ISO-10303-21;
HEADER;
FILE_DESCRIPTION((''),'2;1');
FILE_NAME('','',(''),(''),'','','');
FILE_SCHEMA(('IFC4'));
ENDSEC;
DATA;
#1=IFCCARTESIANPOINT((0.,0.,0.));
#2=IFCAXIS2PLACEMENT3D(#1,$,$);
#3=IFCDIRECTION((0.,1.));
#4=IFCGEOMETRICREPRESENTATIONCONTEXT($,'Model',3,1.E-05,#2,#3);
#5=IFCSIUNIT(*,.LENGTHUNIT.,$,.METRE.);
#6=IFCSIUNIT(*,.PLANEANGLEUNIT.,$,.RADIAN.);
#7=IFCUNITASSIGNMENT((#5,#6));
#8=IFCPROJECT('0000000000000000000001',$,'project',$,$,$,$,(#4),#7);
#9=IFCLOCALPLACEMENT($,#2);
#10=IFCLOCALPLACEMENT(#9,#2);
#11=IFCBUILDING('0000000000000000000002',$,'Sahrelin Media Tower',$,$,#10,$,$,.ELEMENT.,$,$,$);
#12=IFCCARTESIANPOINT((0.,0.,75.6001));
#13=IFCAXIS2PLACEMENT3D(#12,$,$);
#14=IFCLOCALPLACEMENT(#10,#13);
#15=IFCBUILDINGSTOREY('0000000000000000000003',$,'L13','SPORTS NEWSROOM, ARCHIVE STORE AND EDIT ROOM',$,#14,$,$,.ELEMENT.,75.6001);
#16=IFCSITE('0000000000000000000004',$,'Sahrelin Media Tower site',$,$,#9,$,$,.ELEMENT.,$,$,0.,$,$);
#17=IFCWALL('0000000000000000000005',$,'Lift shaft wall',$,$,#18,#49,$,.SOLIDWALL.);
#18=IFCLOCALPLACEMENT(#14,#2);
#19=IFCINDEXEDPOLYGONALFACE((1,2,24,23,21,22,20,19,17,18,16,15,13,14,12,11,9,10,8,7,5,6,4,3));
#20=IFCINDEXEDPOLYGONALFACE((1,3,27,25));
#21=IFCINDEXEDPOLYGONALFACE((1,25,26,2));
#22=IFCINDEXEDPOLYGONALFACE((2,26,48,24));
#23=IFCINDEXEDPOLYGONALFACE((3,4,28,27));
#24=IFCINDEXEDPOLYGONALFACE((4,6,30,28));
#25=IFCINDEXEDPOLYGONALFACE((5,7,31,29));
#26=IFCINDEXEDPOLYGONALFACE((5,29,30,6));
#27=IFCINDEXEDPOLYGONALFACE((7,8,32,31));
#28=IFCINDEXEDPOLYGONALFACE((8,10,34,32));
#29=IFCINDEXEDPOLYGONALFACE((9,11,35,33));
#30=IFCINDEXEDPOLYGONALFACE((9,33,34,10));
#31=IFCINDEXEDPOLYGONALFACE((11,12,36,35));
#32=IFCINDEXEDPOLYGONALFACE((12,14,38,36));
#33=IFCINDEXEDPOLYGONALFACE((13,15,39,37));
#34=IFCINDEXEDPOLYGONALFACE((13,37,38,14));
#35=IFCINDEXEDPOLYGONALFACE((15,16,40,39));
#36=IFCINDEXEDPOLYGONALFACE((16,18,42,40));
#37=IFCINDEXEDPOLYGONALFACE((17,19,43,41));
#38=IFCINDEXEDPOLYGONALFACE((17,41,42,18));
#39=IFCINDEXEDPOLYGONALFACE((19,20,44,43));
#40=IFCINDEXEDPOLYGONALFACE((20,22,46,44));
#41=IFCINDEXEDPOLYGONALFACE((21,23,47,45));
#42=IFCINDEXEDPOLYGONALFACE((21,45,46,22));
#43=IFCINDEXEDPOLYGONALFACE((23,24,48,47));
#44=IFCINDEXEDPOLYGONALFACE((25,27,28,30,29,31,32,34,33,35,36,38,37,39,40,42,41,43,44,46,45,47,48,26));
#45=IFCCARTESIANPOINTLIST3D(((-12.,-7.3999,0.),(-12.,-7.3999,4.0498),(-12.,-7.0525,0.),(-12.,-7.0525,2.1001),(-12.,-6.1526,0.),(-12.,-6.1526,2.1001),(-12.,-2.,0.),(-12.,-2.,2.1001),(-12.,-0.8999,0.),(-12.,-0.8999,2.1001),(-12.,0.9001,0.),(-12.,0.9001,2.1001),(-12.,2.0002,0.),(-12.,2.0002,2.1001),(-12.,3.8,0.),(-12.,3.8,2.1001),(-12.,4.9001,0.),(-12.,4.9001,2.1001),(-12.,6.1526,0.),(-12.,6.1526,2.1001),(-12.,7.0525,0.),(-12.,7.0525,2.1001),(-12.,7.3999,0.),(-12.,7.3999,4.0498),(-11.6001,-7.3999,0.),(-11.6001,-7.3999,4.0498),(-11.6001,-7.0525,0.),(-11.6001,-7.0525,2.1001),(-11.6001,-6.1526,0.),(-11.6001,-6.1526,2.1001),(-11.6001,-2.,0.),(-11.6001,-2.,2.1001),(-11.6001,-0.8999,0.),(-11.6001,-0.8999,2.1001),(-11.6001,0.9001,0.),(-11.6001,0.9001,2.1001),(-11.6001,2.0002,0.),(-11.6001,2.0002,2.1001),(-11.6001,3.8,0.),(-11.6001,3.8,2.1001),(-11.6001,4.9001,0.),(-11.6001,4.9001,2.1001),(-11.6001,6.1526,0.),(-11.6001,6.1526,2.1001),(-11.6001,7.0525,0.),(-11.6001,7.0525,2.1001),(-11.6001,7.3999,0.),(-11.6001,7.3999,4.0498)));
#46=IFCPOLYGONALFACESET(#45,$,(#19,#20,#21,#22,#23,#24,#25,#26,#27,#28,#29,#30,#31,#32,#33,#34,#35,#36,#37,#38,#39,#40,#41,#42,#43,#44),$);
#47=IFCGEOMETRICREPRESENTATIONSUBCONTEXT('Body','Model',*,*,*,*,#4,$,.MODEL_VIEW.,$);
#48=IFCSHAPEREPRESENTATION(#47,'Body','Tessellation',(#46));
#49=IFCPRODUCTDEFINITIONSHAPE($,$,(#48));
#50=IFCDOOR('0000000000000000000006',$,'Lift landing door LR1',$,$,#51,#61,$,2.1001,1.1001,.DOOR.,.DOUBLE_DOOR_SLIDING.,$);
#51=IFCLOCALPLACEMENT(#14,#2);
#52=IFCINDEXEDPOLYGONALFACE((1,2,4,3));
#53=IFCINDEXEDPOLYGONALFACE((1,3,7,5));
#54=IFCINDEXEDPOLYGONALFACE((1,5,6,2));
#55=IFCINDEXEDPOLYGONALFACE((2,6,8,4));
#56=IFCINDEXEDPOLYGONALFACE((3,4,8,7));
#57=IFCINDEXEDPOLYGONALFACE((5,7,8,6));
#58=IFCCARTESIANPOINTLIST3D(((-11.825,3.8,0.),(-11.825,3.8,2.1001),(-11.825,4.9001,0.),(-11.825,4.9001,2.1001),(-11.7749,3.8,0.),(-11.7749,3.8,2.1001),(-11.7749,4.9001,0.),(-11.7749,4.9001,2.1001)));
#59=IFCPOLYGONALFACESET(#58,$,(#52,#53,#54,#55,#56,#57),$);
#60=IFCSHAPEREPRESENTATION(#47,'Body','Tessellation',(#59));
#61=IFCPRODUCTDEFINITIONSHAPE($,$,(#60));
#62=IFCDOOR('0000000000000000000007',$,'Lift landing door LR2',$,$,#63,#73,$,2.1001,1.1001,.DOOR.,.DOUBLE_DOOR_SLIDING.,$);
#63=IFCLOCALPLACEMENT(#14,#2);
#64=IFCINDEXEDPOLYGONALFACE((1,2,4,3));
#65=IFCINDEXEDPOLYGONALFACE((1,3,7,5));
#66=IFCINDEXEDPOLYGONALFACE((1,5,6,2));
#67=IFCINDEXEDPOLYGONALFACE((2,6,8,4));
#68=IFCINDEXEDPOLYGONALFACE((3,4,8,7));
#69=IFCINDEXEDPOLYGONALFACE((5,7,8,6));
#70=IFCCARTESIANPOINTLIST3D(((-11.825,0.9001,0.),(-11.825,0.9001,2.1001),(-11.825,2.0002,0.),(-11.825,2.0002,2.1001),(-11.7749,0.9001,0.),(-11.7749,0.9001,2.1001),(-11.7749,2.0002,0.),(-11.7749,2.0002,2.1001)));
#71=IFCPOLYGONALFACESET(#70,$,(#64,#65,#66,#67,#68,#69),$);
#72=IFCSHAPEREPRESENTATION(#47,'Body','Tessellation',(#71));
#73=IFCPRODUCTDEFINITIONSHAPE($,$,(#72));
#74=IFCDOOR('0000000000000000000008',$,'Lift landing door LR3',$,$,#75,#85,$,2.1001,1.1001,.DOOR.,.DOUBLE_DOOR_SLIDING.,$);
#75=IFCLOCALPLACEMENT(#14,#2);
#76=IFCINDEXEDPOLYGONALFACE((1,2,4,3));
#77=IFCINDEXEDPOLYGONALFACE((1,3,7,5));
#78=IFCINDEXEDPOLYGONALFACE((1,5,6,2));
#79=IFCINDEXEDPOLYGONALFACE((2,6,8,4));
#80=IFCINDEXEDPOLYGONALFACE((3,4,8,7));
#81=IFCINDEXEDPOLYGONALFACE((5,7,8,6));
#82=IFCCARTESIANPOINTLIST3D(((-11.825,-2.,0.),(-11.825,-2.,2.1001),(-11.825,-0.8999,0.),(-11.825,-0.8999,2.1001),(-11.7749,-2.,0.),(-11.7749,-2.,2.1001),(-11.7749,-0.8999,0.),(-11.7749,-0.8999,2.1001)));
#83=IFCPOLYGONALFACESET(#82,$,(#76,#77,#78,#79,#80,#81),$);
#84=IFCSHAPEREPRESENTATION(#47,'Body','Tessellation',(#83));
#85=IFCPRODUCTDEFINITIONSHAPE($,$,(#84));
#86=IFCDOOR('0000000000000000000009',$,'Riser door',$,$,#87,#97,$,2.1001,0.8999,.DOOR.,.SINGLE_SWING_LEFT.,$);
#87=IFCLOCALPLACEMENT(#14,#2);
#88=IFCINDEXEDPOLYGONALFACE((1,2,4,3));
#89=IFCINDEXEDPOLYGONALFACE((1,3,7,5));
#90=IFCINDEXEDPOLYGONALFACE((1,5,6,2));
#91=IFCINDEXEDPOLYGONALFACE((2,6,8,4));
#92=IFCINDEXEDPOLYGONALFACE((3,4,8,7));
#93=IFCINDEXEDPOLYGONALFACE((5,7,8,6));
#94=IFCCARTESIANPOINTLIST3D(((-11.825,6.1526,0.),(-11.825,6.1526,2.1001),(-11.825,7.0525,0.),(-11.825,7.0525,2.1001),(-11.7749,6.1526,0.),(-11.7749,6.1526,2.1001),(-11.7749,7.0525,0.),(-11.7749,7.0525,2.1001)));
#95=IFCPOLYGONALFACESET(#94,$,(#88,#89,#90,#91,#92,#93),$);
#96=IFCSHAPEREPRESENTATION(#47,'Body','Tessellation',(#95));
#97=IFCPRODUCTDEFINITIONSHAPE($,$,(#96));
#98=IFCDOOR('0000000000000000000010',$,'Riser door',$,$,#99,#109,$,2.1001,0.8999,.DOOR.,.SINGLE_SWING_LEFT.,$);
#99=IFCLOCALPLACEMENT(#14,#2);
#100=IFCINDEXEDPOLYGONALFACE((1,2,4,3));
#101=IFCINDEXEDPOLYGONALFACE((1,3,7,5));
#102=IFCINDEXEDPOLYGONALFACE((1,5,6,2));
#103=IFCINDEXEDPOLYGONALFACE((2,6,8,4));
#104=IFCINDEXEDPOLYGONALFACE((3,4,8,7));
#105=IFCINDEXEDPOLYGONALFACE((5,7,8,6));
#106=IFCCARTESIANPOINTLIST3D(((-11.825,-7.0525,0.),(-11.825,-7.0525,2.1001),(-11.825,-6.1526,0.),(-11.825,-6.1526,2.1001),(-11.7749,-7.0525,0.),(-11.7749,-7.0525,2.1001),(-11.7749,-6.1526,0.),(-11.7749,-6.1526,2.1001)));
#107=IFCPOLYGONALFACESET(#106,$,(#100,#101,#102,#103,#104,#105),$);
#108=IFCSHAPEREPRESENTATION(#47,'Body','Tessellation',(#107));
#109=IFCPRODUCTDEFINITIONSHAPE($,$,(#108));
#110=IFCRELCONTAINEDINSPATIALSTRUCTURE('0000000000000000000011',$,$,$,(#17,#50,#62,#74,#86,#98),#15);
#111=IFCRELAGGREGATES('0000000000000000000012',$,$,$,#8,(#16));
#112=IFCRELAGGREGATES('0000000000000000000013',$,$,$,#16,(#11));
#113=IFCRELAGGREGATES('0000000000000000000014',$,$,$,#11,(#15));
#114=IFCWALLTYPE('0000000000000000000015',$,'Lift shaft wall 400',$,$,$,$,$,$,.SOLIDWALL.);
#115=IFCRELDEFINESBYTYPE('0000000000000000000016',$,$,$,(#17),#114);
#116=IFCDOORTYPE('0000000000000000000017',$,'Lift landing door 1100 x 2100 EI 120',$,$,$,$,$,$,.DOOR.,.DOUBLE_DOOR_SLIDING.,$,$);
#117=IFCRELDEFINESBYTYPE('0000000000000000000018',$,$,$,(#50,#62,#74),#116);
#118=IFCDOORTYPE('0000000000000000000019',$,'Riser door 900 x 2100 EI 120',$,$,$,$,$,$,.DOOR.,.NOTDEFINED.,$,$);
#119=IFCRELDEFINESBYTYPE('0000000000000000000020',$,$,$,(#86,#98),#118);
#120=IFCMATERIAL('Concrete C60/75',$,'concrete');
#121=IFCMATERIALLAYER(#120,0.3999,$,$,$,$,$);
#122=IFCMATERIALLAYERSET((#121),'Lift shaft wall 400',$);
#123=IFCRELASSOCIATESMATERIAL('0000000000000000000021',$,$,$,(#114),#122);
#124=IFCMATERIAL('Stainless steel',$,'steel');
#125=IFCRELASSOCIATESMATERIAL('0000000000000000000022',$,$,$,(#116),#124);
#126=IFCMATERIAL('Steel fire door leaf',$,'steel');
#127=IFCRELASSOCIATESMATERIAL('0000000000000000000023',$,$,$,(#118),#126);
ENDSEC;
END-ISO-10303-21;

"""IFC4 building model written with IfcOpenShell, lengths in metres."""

from ifc_helpers import new_model, si_unit, direction, frame, frame_2d, origin, place, context, subcontext, project, spatial, rectangle, extrude, material, layer, layer_set, type_object, element, fill, save


model = new_model("IFC4")

# Units and contexts
model_context = context("Model", 3, precision=1e-05, world=origin(), true_north=direction((0.0, 1.0)))
body_context = subcontext(model_context, "Body", "Model", "MODEL_VIEW")
ifc_project = project(units=[si_unit("LENGTHUNIT", "METRE"), si_unit("PLANEANGLEUNIT", "RADIAN")], contexts=[model_context])

# Site, building, storey
site_placement = place(None, origin())
site = spatial("IfcSite", under=ifc_project, at=site_placement, Name="Sahrelin Media Tower site", CompositionType="ELEMENT", RefElevation=0.0)
building_placement = place(site_placement, origin())
building = spatial("IfcBuilding", under=site, at=building_placement, Name="Sahrelin Media Tower", CompositionType="ELEMENT")
storey_placement = place(building_placement, frame((0.0, 0.0, 75.6001)))
storey = spatial("IfcBuildingStorey", under=building, at=storey_placement, Name="L13", Description="SPORTS NEWSROOM, ARCHIVE STORE AND EDIT ROOM", CompositionType="ELEMENT", Elevation=75.6001)

# Shared definitions
ifc_material_1 = material(Name="Concrete C60/75", Category="concrete")
ifc_material_2 = material(Name="Steel fire door leaf", Category="steel")

# Wall, openings, doors
ifc_layer_1 = layer(ifc_material_1, 0.3999)
ifc_layer_set_1 = layer_set([ifc_layer_1], Name="Lift shaft wall 400")
wall_type_1 = type_object("IfcWallType", Name="Lift shaft wall 400", PredefinedType="SOLIDWALL", material=ifc_layer_set_1)
wall_1_placement = place(storey_placement, frame((-11.8, -7.3999, 0.0), z_axis=(0.0, 0.0, 1.0), x_axis=(0.0, 1.0, 0.0)))
wall_1 = element("IfcWall", 1, at=wall_1_placement, inside=storey, type_object=wall_type_1, Name="Lift shaft wall", PredefinedType="SOLIDWALL", context=body_context, shape_type="SweptSolid", body=[
    extrude(rectangle(XDim=14.7998, YDim=0.3999, at=frame_2d((7.3999, 0.0))), origin(), (0.0, 0.0, 1.0), 4.0498),
])
opening_1_placement = place(wall_1_placement, frame((11.2, 0.0, 0.0)))
opening_1 = element("IfcOpeningElement", 2, at=opening_1_placement, cuts=wall_1, PredefinedType="OPENING", context=body_context, shape_type="SweptSolid", body=[
    extrude(rectangle(XDim=1.1001, YDim=2.1001, at=frame_2d((0.55, 1.05))), frame((0.0, 0.2, 0.0), z_axis=(0.0, -1.0, 0.0), x_axis=(1.0, 0.0, 0.0)), (0.0, 0.0, 1.0), 0.3999),
])
opening_2_placement = place(wall_1_placement, frame((8.3, 0.0, 0.0)))
opening_2 = element("IfcOpeningElement", 3, at=opening_2_placement, cuts=wall_1, PredefinedType="OPENING", context=body_context, shape_type="SweptSolid", body=[
    extrude(rectangle(XDim=1.1001, YDim=2.1001, at=frame_2d((0.55, 1.05))), frame((0.0, 0.2, 0.0), z_axis=(0.0, -1.0, 0.0), x_axis=(1.0, 0.0, 0.0)), (0.0, 0.0, 1.0), 0.3999),
])
opening_3_placement = place(wall_1_placement, frame((5.3999, 0.0, 0.0)))
opening_3 = element("IfcOpeningElement", 4, at=opening_3_placement, cuts=wall_1, PredefinedType="OPENING", context=body_context, shape_type="SweptSolid", body=[
    extrude(rectangle(XDim=1.1001, YDim=2.1001, at=frame_2d((0.55, 1.05))), frame((0.0, 0.2, 0.0), z_axis=(0.0, -1.0, 0.0), x_axis=(1.0, 0.0, 0.0)), (0.0, 0.0, 1.0), 0.3999),
])
opening_4_placement = place(wall_1_placement, frame((13.5525, 0.0, 0.0)))
opening_4 = element("IfcOpeningElement", 5, at=opening_4_placement, cuts=wall_1, PredefinedType="OPENING", context=body_context, shape_type="SweptSolid", body=[
    extrude(rectangle(XDim=0.8999, YDim=2.1001, at=frame_2d((0.45, 1.05))), frame((0.0, 0.2, 0.0), z_axis=(0.0, -1.0, 0.0), x_axis=(1.0, 0.0, 0.0)), (0.0, 0.0, 1.0), 0.3999),
])
opening_5_placement = place(wall_1_placement, frame((0.3474, 0.0, 0.0)))
opening_5 = element("IfcOpeningElement", 6, at=opening_5_placement, cuts=wall_1, PredefinedType="OPENING", context=body_context, shape_type="SweptSolid", body=[
    extrude(rectangle(XDim=0.8999, YDim=2.1001, at=frame_2d((0.45, 1.05))), frame((0.0, 0.2, 0.0), z_axis=(0.0, -1.0, 0.0), x_axis=(1.0, 0.0, 0.0)), (0.0, 0.0, 1.0), 0.3999),
])
ifc_material_3 = material(Name="Stainless steel", Category="steel")
door_type_1 = type_object("IfcDoorType", Name="Lift landing door 1100 x 2100 EI 120", OperationType="DOUBLE_DOOR_SLIDING", PredefinedType="DOOR", material=ifc_material_3)
door_1_placement = place(opening_1_placement, origin())
door_1 = element("IfcDoor", 7, at=door_1_placement, inside=storey, type_object=door_type_1, Name="Lift landing door LR1", OperationType="DOUBLE_DOOR_SLIDING", OverallHeight=2.1001, OverallWidth=1.1001, PredefinedType="DOOR", context=body_context, shape_type="SweptSolid", body=[
    extrude(rectangle(XDim=1.1001, YDim=2.1001, at=frame_2d((0.55, 1.05))), frame((0.0, 0.0249, 0.0), z_axis=(0.0, -1.0, 0.0), x_axis=(1.0, 0.0, 0.0)), (0.0, 0.0, 1.0), 0.05),
])
fill(opening_1, door_1)
door_2_placement = place(opening_2_placement, origin())
door_2 = element("IfcDoor", 8, at=door_2_placement, inside=storey, type_object=door_type_1, Name="Lift landing door LR2", OperationType="DOUBLE_DOOR_SLIDING", OverallHeight=2.1001, OverallWidth=1.1001, PredefinedType="DOOR", context=body_context, shape_type="SweptSolid", body=[
    extrude(rectangle(XDim=1.1001, YDim=2.1001, at=frame_2d((0.55, 1.05))), frame((0.0, 0.0249, 0.0), z_axis=(0.0, -1.0, 0.0), x_axis=(1.0, 0.0, 0.0)), (0.0, 0.0, 1.0), 0.05),
])
fill(opening_2, door_2)
door_3_placement = place(opening_3_placement, origin())
door_3 = element("IfcDoor", 9, at=door_3_placement, inside=storey, type_object=door_type_1, Name="Lift landing door LR3", OperationType="DOUBLE_DOOR_SLIDING", OverallHeight=2.1001, OverallWidth=1.1001, PredefinedType="DOOR", context=body_context, shape_type="SweptSolid", body=[
    extrude(rectangle(XDim=1.1001, YDim=2.1001, at=frame_2d((0.55, 1.05))), frame((0.0, 0.0249, 0.0), z_axis=(0.0, -1.0, 0.0), x_axis=(1.0, 0.0, 0.0)), (0.0, 0.0, 1.0), 0.05),
])
fill(opening_3, door_3)
door_type_2 = type_object("IfcDoorType", Name="Riser door 900 x 2100 EI 120", OperationType="NOTDEFINED", PredefinedType="DOOR", material=ifc_material_2)
door_4_placement = place(opening_4_placement, origin())
door_4 = element("IfcDoor", 10, at=door_4_placement, inside=storey, type_object=door_type_2, Name="Riser door", OperationType="SINGLE_SWING_LEFT", OverallHeight=2.1001, OverallWidth=0.8999, PredefinedType="DOOR", context=body_context, shape_type="SweptSolid", body=[
    extrude(rectangle(XDim=0.8999, YDim=2.1001, at=frame_2d((0.45, 1.05))), frame((0.0, 0.0249, 0.0), z_axis=(0.0, -1.0, 0.0), x_axis=(1.0, 0.0, 0.0)), (0.0, 0.0, 1.0), 0.05),
])
fill(opening_4, door_4)
door_5_placement = place(opening_5_placement, origin())
door_5 = element("IfcDoor", 11, at=door_5_placement, inside=storey, type_object=door_type_2, Name="Riser door", OperationType="SINGLE_SWING_LEFT", OverallHeight=2.1001, OverallWidth=0.8999, PredefinedType="DOOR", context=body_context, shape_type="SweptSolid", body=[
    extrude(rectangle(XDim=0.8999, YDim=2.1001, at=frame_2d((0.45, 1.05))), frame((0.0, 0.0249, 0.0), z_axis=(0.0, -1.0, 0.0), x_axis=(1.0, 0.0, 0.0)), (0.0, 0.0, 1.0), 0.05),
])
fill(opening_5, door_5)

save(model, "model.ifc")
